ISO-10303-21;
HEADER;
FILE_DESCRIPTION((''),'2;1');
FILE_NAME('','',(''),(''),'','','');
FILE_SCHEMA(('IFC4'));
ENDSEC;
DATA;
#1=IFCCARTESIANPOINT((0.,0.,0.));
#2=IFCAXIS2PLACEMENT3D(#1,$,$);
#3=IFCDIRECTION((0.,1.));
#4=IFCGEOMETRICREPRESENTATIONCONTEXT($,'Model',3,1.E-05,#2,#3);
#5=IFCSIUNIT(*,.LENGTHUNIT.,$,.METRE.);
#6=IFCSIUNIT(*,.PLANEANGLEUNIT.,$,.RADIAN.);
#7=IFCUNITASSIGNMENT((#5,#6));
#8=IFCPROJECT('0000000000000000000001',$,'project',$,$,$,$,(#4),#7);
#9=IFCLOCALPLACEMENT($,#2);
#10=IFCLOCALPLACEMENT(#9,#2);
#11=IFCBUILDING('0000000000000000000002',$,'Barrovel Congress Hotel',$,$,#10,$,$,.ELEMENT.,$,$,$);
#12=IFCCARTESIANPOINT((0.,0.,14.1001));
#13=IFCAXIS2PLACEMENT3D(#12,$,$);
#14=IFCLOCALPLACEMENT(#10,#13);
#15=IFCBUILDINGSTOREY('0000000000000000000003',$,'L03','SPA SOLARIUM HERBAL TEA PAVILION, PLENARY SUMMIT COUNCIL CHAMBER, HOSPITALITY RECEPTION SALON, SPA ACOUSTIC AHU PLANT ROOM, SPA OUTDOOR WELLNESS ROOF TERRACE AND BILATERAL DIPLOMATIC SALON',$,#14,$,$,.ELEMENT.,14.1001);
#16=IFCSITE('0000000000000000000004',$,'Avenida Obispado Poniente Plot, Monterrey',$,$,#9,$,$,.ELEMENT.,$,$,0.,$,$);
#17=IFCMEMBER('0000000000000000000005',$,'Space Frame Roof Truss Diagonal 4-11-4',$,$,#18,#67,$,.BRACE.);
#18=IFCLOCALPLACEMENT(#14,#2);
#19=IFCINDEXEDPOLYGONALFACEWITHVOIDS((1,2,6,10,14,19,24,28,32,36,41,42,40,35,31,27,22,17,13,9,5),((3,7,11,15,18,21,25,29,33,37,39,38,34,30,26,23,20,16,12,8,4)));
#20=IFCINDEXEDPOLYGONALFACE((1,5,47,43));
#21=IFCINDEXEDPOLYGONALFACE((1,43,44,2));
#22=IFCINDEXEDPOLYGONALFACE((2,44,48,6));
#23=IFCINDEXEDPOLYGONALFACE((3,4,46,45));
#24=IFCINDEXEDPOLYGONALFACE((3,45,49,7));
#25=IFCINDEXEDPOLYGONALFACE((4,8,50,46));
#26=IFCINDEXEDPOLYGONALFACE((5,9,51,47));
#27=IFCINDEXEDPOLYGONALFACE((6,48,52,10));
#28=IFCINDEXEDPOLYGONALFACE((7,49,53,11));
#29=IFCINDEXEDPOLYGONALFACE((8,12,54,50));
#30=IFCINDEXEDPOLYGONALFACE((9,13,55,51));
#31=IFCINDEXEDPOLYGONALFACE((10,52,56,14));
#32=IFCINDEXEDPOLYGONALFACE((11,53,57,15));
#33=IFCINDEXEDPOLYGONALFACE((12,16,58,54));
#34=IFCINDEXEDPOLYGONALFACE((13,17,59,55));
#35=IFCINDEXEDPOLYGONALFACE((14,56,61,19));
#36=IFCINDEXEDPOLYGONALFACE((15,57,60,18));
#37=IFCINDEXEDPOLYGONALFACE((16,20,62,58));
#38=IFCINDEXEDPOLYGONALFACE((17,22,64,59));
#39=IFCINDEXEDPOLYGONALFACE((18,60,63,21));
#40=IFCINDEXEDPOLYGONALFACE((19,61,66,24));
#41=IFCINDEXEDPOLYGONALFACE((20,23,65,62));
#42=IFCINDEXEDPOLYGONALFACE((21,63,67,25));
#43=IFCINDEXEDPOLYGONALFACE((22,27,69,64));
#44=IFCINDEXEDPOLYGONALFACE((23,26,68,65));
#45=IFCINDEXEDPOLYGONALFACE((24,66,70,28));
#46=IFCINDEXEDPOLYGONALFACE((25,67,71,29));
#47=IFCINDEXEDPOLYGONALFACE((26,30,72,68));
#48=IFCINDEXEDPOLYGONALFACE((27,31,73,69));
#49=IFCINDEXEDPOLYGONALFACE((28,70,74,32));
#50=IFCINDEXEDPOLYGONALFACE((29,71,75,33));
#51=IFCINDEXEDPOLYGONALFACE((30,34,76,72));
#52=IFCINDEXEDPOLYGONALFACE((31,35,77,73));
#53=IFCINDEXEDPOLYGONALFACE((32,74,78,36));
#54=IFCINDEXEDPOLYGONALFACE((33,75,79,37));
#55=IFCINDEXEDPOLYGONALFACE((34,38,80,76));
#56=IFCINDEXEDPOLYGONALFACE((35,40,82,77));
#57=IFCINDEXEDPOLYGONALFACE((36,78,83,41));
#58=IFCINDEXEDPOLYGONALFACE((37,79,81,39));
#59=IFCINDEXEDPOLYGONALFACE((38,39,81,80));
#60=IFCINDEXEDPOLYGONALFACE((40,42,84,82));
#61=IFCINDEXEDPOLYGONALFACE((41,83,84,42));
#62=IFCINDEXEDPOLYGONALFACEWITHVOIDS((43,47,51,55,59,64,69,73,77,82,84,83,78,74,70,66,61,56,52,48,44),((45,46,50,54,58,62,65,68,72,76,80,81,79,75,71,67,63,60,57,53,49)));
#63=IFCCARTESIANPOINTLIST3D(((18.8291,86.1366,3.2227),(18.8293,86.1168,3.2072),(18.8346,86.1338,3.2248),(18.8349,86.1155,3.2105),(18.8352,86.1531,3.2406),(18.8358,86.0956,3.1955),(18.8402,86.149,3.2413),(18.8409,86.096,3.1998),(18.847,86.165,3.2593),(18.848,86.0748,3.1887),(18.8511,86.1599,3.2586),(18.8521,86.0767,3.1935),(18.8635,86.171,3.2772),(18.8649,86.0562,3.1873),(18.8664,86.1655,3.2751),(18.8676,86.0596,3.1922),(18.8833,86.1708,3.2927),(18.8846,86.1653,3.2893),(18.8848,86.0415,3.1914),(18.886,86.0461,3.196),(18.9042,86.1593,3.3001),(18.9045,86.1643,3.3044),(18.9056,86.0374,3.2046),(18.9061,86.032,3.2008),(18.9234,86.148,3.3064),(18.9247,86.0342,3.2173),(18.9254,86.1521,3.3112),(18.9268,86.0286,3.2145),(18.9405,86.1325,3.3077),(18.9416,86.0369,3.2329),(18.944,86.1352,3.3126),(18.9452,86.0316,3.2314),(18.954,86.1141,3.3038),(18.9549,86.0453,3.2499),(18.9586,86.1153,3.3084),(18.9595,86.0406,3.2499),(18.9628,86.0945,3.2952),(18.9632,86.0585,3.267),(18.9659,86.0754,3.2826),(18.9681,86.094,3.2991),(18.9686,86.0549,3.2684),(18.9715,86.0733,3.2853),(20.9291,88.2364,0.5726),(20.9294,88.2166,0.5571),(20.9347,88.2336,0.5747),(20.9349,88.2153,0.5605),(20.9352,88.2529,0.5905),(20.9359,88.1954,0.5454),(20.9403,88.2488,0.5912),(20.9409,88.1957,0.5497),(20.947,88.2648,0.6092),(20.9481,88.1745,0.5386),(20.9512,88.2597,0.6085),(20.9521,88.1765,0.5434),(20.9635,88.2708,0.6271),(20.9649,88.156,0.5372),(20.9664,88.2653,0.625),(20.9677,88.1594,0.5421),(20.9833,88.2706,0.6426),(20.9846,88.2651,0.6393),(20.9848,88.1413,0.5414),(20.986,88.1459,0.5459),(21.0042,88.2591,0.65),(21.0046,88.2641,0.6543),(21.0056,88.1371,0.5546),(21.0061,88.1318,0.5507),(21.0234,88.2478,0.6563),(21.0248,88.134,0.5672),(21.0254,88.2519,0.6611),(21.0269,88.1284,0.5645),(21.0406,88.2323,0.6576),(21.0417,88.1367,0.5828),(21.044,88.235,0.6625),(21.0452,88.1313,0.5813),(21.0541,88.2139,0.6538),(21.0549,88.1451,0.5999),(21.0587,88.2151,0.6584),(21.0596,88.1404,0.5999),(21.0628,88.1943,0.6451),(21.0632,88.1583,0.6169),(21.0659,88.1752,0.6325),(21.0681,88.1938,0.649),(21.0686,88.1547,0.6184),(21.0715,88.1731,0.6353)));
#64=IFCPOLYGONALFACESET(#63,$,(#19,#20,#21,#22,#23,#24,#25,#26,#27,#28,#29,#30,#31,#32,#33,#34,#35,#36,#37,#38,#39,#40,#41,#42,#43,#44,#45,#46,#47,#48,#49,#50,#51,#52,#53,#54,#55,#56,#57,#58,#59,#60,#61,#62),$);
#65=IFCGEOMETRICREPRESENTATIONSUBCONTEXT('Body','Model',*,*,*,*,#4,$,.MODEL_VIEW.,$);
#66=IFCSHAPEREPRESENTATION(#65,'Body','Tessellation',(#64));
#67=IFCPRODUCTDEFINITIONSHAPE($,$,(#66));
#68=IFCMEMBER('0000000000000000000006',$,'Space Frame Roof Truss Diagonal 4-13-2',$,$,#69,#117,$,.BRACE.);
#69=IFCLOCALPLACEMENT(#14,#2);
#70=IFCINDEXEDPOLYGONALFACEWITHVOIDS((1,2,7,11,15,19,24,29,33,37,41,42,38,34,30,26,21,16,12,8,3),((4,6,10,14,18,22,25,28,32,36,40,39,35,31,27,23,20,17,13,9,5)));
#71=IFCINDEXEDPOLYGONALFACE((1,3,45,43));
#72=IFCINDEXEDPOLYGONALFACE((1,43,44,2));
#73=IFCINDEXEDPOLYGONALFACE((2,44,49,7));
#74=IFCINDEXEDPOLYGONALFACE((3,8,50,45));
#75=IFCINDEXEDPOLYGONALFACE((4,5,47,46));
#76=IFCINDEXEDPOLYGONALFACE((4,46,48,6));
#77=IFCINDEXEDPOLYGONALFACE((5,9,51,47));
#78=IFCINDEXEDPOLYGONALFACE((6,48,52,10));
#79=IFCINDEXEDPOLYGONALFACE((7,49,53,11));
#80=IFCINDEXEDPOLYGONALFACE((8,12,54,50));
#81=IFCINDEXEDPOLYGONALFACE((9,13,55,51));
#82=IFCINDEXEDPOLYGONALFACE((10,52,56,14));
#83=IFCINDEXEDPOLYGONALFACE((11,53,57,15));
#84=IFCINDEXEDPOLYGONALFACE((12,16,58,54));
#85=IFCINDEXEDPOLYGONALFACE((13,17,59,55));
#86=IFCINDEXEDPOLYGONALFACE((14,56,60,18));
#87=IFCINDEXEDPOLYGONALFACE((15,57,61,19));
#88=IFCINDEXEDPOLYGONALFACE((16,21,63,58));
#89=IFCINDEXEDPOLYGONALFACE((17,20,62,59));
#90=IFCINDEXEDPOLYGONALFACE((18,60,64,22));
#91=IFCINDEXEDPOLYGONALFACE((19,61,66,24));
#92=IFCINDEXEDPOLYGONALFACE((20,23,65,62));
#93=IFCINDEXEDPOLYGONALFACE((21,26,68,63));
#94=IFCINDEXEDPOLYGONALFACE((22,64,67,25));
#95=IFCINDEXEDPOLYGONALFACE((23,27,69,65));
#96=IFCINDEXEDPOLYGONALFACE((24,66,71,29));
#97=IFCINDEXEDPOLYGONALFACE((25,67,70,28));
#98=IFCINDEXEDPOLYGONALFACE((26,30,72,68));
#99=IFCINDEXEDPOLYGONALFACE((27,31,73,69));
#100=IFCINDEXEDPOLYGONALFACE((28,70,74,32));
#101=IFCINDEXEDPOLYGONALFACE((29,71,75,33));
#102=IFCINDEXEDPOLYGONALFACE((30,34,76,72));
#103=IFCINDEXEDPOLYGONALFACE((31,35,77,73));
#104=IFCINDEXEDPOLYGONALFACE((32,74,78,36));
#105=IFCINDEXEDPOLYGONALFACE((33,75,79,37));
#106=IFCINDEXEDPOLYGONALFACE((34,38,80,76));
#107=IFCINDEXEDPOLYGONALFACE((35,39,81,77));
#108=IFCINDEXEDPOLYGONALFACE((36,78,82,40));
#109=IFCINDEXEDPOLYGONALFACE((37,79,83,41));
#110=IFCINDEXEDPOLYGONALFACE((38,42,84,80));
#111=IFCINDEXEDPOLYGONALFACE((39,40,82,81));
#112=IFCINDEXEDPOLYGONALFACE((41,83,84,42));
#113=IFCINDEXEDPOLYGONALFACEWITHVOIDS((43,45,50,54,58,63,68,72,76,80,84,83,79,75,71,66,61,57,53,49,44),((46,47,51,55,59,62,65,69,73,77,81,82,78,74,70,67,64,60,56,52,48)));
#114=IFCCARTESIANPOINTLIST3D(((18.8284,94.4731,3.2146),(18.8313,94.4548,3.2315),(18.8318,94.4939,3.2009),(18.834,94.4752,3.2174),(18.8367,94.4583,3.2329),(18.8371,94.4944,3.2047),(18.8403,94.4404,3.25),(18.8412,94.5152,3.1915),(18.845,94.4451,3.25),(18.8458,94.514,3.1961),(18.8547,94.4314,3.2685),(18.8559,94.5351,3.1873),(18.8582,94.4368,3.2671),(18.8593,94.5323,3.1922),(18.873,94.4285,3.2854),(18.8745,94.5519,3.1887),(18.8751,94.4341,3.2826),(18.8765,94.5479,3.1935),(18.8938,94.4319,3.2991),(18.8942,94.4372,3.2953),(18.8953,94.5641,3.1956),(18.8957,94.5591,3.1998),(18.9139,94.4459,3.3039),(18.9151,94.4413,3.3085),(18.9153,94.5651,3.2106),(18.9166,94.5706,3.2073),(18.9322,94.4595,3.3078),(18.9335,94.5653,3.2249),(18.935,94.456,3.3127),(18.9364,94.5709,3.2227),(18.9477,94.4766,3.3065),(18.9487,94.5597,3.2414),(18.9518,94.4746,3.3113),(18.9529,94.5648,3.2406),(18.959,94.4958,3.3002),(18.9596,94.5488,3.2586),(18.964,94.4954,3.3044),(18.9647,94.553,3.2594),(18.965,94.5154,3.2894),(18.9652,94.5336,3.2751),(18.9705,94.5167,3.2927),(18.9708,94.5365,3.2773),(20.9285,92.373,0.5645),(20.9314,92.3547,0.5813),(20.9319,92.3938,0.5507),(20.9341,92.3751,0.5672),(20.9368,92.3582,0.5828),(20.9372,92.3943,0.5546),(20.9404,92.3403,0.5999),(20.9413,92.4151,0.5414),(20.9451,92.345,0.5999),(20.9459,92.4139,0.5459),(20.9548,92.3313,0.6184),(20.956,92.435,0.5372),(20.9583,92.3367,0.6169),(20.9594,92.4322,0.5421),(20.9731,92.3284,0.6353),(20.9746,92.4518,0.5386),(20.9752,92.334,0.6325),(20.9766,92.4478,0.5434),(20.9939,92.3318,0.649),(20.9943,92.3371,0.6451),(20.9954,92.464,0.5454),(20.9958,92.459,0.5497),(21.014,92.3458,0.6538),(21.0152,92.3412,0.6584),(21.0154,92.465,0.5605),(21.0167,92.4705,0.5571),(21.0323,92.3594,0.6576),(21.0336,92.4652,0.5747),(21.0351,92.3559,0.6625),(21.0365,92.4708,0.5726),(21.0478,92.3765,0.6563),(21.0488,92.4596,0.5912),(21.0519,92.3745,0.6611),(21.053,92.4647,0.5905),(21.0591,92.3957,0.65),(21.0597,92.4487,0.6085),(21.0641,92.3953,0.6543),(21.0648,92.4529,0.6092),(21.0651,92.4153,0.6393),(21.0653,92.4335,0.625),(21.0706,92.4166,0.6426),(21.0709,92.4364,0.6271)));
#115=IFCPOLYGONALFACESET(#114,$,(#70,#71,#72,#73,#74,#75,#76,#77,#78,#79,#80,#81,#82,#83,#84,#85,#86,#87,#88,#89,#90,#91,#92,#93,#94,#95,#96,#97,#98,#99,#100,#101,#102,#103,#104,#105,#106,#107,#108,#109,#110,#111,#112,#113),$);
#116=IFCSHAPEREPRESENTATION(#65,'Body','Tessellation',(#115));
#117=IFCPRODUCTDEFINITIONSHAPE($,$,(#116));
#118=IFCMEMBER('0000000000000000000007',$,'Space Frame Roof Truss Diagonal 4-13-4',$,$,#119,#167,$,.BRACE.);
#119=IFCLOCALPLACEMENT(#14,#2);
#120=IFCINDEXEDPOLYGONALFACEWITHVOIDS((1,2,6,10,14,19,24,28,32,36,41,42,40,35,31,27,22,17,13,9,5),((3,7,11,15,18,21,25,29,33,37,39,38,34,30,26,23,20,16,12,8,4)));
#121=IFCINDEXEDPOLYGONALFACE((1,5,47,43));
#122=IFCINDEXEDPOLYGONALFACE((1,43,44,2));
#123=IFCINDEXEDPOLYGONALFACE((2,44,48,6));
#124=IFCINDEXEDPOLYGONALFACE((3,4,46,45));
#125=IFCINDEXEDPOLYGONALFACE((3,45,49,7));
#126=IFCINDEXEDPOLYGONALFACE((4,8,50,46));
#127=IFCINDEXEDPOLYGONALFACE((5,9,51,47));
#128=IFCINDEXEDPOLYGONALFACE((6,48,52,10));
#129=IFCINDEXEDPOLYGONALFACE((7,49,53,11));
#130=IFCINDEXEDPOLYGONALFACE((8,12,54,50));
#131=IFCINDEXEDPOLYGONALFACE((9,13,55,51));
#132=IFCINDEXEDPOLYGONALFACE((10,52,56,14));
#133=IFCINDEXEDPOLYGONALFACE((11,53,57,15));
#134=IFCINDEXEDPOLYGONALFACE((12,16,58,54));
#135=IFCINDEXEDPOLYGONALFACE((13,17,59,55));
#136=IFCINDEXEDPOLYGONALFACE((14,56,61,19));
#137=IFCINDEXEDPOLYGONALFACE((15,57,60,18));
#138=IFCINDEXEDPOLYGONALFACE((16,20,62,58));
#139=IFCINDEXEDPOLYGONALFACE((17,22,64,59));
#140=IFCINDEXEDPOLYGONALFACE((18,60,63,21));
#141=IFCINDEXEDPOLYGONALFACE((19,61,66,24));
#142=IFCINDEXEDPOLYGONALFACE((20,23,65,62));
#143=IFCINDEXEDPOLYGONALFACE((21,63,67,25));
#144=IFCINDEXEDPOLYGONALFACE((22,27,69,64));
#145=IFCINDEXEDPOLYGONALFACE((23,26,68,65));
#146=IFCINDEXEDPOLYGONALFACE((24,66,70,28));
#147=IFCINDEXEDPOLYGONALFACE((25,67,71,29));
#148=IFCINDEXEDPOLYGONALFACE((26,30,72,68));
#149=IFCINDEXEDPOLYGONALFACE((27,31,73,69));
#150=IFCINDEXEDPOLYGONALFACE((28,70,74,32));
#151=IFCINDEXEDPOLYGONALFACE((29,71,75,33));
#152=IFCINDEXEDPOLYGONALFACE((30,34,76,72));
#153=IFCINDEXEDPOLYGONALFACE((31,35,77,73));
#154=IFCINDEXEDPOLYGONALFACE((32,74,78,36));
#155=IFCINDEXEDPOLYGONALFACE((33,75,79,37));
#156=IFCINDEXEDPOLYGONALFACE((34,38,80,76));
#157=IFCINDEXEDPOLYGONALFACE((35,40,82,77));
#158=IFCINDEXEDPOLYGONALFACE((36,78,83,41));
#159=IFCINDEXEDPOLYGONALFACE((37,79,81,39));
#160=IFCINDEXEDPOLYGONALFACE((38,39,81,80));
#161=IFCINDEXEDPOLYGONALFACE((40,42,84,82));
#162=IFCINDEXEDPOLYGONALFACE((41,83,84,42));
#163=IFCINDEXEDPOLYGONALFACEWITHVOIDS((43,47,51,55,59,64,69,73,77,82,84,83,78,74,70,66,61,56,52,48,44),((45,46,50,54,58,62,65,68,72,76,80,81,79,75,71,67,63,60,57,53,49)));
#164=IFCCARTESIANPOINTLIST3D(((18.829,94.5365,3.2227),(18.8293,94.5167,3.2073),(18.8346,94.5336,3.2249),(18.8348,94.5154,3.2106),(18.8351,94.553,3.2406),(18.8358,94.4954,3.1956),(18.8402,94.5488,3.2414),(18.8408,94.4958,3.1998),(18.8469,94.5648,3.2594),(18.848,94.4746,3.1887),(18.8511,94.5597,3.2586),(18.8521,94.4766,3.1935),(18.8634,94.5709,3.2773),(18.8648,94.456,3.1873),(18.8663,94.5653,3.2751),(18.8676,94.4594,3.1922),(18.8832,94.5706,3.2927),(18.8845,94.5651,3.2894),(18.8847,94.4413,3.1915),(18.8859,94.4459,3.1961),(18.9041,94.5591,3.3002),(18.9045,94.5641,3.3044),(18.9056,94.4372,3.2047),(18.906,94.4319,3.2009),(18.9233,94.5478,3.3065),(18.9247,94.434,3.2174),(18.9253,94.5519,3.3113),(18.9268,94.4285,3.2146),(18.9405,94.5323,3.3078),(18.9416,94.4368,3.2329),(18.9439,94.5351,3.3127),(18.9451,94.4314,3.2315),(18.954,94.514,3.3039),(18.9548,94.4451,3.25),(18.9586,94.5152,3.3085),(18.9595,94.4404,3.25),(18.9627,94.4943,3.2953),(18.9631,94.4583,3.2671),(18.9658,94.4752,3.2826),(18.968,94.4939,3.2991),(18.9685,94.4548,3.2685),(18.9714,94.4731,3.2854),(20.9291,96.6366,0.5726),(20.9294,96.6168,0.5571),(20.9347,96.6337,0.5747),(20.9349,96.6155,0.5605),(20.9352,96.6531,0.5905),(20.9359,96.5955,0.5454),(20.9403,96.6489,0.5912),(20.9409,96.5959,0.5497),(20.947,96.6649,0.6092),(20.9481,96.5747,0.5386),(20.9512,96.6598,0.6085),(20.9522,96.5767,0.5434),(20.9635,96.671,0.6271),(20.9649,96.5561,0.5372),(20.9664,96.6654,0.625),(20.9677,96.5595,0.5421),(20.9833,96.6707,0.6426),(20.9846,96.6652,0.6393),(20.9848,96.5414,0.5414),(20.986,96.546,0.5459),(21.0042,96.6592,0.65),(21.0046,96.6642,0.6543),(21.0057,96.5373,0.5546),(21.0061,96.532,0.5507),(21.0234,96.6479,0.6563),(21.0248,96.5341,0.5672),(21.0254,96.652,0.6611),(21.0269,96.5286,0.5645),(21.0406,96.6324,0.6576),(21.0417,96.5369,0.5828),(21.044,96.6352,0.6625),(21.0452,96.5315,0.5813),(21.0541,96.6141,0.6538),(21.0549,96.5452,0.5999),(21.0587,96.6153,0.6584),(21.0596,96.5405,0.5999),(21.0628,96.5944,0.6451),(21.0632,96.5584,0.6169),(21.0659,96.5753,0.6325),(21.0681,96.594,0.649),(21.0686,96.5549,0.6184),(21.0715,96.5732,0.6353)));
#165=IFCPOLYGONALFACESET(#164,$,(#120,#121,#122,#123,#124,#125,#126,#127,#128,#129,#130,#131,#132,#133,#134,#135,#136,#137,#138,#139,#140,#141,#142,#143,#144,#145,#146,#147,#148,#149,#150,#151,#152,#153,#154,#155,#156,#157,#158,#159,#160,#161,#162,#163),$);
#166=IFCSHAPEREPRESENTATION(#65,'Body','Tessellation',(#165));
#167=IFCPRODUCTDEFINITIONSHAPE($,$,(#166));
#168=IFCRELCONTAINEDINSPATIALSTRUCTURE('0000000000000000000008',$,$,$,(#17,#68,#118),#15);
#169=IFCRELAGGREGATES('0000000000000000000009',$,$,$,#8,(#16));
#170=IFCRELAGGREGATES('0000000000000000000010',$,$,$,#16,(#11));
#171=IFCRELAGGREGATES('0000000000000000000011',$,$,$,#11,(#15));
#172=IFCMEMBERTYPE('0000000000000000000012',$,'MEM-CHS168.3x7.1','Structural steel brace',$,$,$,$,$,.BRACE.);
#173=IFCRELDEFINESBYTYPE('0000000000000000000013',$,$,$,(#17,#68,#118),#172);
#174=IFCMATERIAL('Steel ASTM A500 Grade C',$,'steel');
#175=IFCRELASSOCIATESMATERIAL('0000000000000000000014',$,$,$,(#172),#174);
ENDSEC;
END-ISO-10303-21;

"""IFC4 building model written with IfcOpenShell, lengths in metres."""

from ifc_helpers import new_model, si_unit, direction, frame, origin, origin_2d, place, context, subcontext, project, spatial, hollow_circle, extrude, material, material_profile, profile_set, type_object, element, save


model = new_model("IFC4")

# Units and contexts
model_context = context("Model", 3, precision=1e-05, world=origin(), true_north=direction((0.0, 1.0)))
body_context = subcontext(model_context, "Body", "Model", "MODEL_VIEW")
ifc_project = project(units=[si_unit("LENGTHUNIT", "METRE"), si_unit("PLANEANGLEUNIT", "RADIAN")], contexts=[model_context])

# Site, building, storey
site_placement = place(None, origin())
site = spatial("IfcSite", under=ifc_project, at=site_placement, Name="Avenida Obispado Poniente Plot, Monterrey", CompositionType="ELEMENT", RefElevation=0.0)
building_placement = place(site_placement, origin())
building = spatial("IfcBuilding", under=site, at=building_placement, Name="Barrovel Congress Hotel", CompositionType="ELEMENT")
storey_placement = place(building_placement, frame((0.0, 0.0, 14.1001)))
storey = spatial("IfcBuildingStorey", under=building, at=storey_placement, Name="L03", Description="SPA SOLARIUM HERBAL TEA PAVILION, PLENARY SUMMIT COUNCIL CHAMBER, HOSPITALITY RECEPTION SALON, SPA ACOUSTIC AHU PLANT ROOM, SPA OUTDOOR WELLNESS ROOF TERRACE AND BILATERAL DIPLOMATIC SALON", CompositionType="ELEMENT", Elevation=14.1001)

# Members
ifc_material_1 = material(Name="Steel ASTM A500 Grade C", Category="steel")
ifc_material_profile_1 = material_profile(ifc_material_1, hollow_circle(Radius=0.0842, WallThickness=0.0066, at=origin_2d()), Name="CHS168.3x7.1")
ifc_profile_set_1 = profile_set([ifc_material_profile_1], Name="Steel ASTM A500 Grade C")
member_type_1 = type_object("IfcMemberType", Name="MEM-CHS168.3x7.1", Description="Structural steel brace", PredefinedType="BRACE", material=ifc_profile_set_1)
member_1_placement = place(storey_placement, frame((21.0, 88.2, 0.5999), z_axis=(-0.527618, -0.527557, 0.66581), x_axis=(0.707066, -0.707148, 0.0)))
element("IfcMember", 1, at=member_1_placement, inside=storey, type_object=member_type_1, Name="Space Frame Roof Truss Diagonal 4-11-4", PredefinedType="BRACE", context=body_context, shape_type="SweptSolid", body=[
    extrude(hollow_circle(Radius=0.0842, WallThickness=0.0066, at=origin_2d()), origin(), (0.0, 0.0, 1.0), 3.9802),
])
for number, where, z_axis, x_axis, name in (
    (2, (21.0, 92.3999, 0.5999), (-0.527601, 0.527601, 0.665788), (-0.707107, -0.707107, 0.0), "Space Frame Roof Truss Diagonal 4-13-2"),
    (3, (21.0, 96.6001, 0.5999), (-0.527601, -0.527601, 0.665788), (0.707107, -0.707107, 0.0), "Space Frame Roof Truss Diagonal 4-13-4"),
):
    element("IfcMember", number, at=place(storey_placement, frame(where, z_axis=z_axis, x_axis=x_axis)), inside=storey, type_object=member_type_1, Name=name, PredefinedType="BRACE", context=body_context, shape_type="SweptSolid", body=[
        extrude(hollow_circle(Radius=0.0842, WallThickness=0.0066, at=origin_2d()), origin(), (0.0, 0.0, 1.0), 3.9805),
    ])

save(model, "model.ifc")
